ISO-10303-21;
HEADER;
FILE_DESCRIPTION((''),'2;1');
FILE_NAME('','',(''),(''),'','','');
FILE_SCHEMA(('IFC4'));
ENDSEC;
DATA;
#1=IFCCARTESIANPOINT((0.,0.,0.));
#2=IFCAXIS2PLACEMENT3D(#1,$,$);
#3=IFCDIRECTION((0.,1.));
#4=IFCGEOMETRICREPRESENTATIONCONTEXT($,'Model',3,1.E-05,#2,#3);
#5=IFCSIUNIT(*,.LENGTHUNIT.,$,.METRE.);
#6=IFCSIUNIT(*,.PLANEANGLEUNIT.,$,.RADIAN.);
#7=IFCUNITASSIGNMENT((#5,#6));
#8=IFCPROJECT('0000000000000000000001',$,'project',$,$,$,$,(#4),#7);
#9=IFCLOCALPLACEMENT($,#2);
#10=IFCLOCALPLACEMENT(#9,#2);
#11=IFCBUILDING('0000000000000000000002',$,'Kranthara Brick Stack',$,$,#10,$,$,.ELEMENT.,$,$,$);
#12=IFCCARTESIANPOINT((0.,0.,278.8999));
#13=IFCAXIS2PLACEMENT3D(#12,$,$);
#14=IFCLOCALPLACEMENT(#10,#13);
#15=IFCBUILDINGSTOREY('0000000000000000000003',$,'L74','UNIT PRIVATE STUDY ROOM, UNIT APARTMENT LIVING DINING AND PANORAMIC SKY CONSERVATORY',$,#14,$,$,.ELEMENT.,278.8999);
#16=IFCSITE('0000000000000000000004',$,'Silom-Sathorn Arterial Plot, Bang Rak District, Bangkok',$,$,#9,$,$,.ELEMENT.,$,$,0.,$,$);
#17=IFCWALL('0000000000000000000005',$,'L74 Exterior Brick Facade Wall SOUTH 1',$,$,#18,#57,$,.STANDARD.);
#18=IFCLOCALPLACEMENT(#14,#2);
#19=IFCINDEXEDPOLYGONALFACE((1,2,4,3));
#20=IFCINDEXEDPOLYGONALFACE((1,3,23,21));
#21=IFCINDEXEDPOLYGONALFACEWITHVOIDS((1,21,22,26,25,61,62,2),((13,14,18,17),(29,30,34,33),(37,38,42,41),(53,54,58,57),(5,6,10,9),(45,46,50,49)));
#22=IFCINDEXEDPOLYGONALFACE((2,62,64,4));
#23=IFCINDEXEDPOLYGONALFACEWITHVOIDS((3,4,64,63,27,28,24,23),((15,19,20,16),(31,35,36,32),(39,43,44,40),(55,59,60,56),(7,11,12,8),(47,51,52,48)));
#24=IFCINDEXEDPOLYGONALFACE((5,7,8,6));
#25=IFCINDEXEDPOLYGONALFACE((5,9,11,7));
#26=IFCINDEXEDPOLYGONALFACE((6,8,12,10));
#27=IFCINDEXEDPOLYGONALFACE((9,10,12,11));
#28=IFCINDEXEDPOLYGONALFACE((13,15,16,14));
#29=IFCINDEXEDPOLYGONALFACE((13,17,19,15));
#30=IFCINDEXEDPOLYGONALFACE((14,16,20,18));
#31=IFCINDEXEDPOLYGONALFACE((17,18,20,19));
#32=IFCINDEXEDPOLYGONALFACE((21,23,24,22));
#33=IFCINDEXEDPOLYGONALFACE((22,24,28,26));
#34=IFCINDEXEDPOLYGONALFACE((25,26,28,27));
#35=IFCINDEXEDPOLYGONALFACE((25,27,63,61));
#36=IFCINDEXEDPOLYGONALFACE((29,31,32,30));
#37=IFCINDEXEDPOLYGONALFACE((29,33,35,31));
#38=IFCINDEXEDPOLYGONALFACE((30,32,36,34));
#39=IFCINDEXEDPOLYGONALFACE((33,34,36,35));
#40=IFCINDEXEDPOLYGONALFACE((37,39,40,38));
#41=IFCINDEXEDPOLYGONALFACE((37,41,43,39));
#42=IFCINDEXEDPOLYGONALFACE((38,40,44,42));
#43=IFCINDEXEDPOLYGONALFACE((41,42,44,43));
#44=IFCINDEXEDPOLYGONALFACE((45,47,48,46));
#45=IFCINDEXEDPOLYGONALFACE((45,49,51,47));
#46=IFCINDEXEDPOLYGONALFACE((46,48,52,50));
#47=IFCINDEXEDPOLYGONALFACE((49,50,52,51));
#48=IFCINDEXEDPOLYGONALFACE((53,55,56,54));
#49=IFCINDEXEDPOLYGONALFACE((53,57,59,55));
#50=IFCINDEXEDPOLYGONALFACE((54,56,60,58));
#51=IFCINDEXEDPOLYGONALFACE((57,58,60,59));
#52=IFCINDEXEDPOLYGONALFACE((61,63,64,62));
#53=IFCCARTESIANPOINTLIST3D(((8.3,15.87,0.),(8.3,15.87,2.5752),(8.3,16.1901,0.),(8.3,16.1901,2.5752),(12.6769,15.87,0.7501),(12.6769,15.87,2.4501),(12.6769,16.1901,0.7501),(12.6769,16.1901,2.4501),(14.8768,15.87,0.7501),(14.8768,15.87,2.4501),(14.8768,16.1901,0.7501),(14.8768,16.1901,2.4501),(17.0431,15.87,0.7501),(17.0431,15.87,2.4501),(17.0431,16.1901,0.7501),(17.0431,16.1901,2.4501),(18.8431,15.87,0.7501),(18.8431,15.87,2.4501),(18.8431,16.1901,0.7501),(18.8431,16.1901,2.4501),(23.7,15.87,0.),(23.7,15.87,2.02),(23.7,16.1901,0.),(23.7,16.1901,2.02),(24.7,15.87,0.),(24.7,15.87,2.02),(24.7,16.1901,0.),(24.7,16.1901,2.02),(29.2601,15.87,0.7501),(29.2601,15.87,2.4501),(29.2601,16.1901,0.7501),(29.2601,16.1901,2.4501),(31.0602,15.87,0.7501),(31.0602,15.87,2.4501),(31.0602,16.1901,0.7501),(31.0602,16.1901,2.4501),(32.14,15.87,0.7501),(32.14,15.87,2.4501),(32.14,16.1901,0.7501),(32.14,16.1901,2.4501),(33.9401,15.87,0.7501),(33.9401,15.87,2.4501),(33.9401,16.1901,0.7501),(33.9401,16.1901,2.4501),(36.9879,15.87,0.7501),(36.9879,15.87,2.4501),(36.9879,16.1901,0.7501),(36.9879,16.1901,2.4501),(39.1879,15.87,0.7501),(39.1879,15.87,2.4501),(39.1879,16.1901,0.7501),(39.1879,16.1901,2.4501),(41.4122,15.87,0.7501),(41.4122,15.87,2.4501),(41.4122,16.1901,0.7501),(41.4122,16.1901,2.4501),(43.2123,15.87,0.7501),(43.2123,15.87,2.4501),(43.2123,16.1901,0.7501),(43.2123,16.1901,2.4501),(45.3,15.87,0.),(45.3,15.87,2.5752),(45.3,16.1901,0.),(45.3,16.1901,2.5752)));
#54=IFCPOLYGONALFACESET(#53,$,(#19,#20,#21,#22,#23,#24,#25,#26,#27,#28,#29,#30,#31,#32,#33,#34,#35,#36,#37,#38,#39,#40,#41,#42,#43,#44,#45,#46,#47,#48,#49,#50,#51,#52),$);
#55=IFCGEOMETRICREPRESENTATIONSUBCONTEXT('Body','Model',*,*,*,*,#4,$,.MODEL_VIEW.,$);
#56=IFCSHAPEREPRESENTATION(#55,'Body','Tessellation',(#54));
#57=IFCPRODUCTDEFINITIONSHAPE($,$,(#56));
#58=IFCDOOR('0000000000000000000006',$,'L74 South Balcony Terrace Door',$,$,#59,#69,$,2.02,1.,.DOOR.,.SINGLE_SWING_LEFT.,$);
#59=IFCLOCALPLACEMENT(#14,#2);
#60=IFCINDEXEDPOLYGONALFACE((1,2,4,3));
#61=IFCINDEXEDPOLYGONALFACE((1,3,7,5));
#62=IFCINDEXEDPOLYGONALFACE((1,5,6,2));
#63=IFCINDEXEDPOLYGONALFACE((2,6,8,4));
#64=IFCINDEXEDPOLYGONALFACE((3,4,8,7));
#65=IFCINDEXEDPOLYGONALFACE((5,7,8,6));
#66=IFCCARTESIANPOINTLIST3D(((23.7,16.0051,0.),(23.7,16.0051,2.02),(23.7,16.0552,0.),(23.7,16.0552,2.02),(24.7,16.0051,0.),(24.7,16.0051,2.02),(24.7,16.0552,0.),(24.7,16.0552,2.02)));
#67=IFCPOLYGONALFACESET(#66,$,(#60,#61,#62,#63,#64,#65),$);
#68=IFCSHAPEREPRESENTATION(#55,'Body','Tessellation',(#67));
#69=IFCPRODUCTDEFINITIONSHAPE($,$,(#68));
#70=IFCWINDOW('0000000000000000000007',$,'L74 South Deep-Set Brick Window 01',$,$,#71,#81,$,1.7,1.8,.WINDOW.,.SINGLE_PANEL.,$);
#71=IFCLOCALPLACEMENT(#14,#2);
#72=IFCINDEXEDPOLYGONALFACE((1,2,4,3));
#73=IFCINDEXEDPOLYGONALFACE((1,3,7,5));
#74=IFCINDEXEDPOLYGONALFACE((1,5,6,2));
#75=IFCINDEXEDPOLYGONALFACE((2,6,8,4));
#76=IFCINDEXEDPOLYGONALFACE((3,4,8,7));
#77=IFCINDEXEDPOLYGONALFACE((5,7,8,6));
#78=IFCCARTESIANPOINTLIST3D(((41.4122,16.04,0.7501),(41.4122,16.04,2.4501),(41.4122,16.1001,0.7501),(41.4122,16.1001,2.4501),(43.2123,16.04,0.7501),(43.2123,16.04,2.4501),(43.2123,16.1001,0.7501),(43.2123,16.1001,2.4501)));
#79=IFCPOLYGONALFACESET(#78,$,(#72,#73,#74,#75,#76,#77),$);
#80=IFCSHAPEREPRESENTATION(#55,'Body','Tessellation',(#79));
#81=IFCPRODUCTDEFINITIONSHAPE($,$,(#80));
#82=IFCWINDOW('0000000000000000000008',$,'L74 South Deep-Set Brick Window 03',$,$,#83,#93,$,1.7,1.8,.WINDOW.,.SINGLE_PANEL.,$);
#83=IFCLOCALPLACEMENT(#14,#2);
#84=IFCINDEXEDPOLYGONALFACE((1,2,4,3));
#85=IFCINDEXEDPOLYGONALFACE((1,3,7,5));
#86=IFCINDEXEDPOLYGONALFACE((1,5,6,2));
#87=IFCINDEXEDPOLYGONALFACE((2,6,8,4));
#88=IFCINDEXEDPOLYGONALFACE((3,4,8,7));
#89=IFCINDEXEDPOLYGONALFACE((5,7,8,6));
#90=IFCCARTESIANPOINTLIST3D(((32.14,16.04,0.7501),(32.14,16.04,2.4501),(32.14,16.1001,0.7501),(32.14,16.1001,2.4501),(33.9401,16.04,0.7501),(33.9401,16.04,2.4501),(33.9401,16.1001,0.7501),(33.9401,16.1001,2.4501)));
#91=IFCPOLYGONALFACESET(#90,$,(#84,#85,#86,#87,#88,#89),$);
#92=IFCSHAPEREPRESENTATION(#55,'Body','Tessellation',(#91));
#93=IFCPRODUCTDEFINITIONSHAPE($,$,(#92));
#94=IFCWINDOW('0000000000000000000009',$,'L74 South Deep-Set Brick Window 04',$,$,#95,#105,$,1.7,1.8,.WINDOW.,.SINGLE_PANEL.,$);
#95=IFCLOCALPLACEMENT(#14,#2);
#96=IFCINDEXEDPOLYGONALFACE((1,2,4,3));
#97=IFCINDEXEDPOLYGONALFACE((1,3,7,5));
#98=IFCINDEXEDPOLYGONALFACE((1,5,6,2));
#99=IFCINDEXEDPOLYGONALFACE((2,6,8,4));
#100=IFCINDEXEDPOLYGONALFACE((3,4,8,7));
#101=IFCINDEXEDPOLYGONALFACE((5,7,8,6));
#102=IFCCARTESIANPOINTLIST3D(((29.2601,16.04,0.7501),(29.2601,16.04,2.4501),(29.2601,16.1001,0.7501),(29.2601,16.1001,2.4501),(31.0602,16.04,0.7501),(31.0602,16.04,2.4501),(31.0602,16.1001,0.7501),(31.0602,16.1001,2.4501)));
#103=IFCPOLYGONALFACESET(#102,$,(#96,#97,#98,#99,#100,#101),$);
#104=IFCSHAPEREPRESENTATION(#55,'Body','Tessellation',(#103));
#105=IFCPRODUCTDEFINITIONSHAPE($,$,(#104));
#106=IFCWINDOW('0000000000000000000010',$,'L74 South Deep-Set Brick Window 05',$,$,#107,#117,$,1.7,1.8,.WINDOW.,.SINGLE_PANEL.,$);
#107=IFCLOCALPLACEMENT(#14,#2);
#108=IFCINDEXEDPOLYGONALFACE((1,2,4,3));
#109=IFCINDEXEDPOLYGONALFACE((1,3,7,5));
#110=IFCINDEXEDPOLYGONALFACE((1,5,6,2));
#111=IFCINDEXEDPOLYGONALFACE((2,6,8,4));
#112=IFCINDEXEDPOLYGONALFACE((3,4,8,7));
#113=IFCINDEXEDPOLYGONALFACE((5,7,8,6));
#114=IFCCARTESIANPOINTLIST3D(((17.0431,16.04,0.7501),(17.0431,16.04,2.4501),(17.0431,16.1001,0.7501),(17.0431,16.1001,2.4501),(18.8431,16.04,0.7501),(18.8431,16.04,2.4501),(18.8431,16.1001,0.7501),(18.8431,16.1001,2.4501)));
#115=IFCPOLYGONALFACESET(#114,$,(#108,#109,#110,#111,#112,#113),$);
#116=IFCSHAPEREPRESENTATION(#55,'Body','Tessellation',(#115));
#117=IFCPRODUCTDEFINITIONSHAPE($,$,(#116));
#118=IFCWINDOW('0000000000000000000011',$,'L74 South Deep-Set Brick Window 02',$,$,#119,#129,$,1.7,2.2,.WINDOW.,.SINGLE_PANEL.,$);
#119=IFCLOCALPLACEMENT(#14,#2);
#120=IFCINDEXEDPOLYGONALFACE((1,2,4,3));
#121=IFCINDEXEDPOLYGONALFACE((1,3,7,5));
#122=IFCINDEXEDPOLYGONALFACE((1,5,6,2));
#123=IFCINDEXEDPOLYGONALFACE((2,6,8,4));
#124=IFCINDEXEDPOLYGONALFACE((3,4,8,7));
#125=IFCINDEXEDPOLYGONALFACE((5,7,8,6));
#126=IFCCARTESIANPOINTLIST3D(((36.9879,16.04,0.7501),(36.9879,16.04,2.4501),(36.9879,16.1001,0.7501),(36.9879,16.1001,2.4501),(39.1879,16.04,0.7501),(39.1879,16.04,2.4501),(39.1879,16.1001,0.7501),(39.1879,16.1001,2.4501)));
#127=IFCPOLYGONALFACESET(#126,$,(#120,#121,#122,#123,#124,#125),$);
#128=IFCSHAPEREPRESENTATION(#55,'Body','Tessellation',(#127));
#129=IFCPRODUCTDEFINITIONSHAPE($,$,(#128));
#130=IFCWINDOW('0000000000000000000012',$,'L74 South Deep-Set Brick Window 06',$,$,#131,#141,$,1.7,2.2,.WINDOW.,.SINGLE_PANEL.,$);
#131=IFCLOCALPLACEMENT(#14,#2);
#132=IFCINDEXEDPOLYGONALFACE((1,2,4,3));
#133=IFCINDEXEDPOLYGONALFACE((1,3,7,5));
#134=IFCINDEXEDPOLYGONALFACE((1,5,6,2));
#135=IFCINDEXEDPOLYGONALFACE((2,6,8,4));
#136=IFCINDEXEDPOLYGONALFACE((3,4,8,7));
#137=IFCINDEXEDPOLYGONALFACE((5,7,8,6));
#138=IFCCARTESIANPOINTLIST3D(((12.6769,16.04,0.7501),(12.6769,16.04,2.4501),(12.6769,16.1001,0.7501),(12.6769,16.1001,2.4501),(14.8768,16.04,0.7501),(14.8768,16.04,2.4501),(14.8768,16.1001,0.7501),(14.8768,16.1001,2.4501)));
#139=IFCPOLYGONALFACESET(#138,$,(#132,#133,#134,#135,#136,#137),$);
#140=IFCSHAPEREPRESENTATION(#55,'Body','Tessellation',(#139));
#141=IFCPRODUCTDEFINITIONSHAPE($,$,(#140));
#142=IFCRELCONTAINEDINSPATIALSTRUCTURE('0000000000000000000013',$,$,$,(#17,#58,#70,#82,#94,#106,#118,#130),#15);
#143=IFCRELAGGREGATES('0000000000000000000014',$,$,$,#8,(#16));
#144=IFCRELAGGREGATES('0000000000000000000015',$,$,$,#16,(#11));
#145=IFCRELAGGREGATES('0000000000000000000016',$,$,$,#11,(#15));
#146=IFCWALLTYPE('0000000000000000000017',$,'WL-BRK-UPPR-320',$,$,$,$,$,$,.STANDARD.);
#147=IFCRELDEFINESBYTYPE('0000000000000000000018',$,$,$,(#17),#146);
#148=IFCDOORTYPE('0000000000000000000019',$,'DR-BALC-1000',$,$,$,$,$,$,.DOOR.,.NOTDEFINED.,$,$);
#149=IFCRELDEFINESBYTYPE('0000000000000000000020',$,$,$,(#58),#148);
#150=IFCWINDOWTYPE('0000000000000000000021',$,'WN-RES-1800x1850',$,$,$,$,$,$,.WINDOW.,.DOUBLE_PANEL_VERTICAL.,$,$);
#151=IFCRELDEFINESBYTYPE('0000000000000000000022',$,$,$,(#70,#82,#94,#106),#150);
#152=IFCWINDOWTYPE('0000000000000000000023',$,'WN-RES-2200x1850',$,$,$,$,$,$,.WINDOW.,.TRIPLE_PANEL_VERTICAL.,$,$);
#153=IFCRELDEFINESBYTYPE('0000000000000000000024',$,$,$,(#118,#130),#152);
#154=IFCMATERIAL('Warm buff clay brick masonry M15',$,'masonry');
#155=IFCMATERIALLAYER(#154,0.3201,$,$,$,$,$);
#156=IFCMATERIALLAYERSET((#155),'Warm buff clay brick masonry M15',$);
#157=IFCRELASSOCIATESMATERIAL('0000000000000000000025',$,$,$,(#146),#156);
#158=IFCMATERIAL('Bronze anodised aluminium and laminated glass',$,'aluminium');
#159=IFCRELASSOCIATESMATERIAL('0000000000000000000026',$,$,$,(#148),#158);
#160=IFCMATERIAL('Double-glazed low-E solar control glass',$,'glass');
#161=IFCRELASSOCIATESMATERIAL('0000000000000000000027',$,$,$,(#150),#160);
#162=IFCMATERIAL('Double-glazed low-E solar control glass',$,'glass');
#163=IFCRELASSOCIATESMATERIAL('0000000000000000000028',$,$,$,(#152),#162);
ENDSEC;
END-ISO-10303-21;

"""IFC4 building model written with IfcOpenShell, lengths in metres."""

from ifc_helpers import new_model, si_unit, direction, frame, frame_2d, origin, place, context, subcontext, project, spatial, rectangle, extrude, material, layer, layer_set, type_object, element, fill, save


model = new_model("IFC4")

# Units and contexts
model_context = context("Model", 3, precision=1e-05, world=origin(), true_north=direction((0.0, 1.0)))
body_context = subcontext(model_context, "Body", "Model", "MODEL_VIEW")
ifc_project = project(units=[si_unit("LENGTHUNIT", "METRE"), si_unit("PLANEANGLEUNIT", "RADIAN")], contexts=[model_context])

# Site, building, storey
site_placement = place(None, origin())
site = spatial("IfcSite", under=ifc_project, at=site_placement, Name="Silom-Sathorn Arterial Plot, Bang Rak District, Bangkok", CompositionType="ELEMENT", RefElevation=0.0)
building_placement = place(site_placement, origin())
building = spatial("IfcBuilding", under=site, at=building_placement, Name="Kranthara Brick Stack", CompositionType="ELEMENT")
storey_placement = place(building_placement, frame((0.0, 0.0, 278.8999)))
storey = spatial("IfcBuildingStorey", under=building, at=storey_placement, Name="L74", Description="UNIT PRIVATE STUDY ROOM, UNIT APARTMENT LIVING DINING AND PANORAMIC SKY CONSERVATORY", CompositionType="ELEMENT", Elevation=278.8999)

# Wall, openings, door, windows
ifc_material_1 = material(Name="Warm buff clay brick masonry M15", Category="masonry")
ifc_layer_1 = layer(ifc_material_1, 0.3201)
ifc_layer_set_1 = layer_set([ifc_layer_1], Name="Warm buff clay brick masonry M15")
wall_type_1 = type_object("IfcWallType", Name="WL-BRK-UPPR-320", PredefinedType="STANDARD", material=ifc_layer_set_1)
wall_1_placement = place(storey_placement, frame((45.3, 16.03, 0.0), z_axis=(0.0, 0.0, 1.0), x_axis=(-1.0, 0.0, 0.0)))
wall_1 = element("IfcWall", 1, at=wall_1_placement, inside=storey, type_object=wall_type_1, Name="L74 Exterior Brick Facade Wall SOUTH 1", PredefinedType="STANDARD", context=body_context, shape_type="SweptSolid", body=[
    extrude(rectangle(XDim=37.0, YDim=0.3201, at=frame_2d((18.5, 0.0))), origin(), (0.0, 0.0, 1.0), 2.5752),
])
opening_1_placement = place(wall_1_placement, frame((20.6001, 0.0, 0.0)))
opening_1 = element("IfcOpeningElement", 2, at=opening_1_placement, cuts=wall_1, PredefinedType="OPENING", context=body_context, shape_type="SweptSolid", body=[
    extrude(rectangle(XDim=1.0, YDim=2.02, at=frame_2d((0.5, 1.01))), frame((0.0, 0.1699, 0.0), z_axis=(0.0, -1.0, 0.0), x_axis=(1.0, 0.0, 0.0)), (0.0, 0.0, 1.0), 0.3401),
])
opening_2_placement = place(wall_1_placement, frame((2.0879, 0.0, 0.75)))
opening_2 = element("IfcOpeningElement", 3, at=opening_2_placement, cuts=wall_1, PredefinedType="OPENING", context=body_context, shape_type="SweptSolid", body=[
    extrude(rectangle(XDim=1.8, YDim=1.7, at=frame_2d((0.8999, 0.8501))), frame((0.0, 0.1699, 0.0), z_axis=(0.0, -1.0, 0.0), x_axis=(1.0, 0.0, 0.0)), (0.0, 0.0, 1.0), 0.3401),
])
opening_3_placement = place(wall_1_placement, frame((6.1121, 0.0, 0.75)))
opening_3 = element("IfcOpeningElement", 4, at=opening_3_placement, cuts=wall_1, PredefinedType="OPENING", context=body_context, shape_type="SweptSolid", body=[
    extrude(rectangle(XDim=2.2, YDim=1.7, at=frame_2d((1.1001, 0.8501))), frame((0.0, 0.1699, 0.0), z_axis=(0.0, -1.0, 0.0), x_axis=(1.0, 0.0, 0.0)), (0.0, 0.0, 1.0), 0.3401),
])
opening_4_placement = place(wall_1_placement, frame((11.3601, 0.0, 0.75)))
opening_4 = element("IfcOpeningElement", 5, at=opening_4_placement, cuts=wall_1, PredefinedType="OPENING", context=body_context, shape_type="SweptSolid", body=[
    extrude(rectangle(XDim=1.8, YDim=1.7, at=frame_2d((0.8999, 0.8501))), frame((0.0, 0.1699, 0.0), z_axis=(0.0, -1.0, 0.0), x_axis=(1.0, 0.0, 0.0)), (0.0, 0.0, 1.0), 0.3401),
])
opening_5_placement = place(wall_1_placement, frame((14.24, 0.0, 0.75)))
opening_5 = element("IfcOpeningElement", 6, at=opening_5_placement, cuts=wall_1, PredefinedType="OPENING", context=body_context, shape_type="SweptSolid", body=[
    extrude(rectangle(XDim=1.8, YDim=1.7, at=frame_2d((0.8999, 0.8501))), frame((0.0, 0.1699, 0.0), z_axis=(0.0, -1.0, 0.0), x_axis=(1.0, 0.0, 0.0)), (0.0, 0.0, 1.0), 0.3401),
])
opening_6_placement = place(wall_1_placement, frame((26.457, 0.0, 0.75)))
opening_6 = element("IfcOpeningElement", 7, at=opening_6_placement, cuts=wall_1, PredefinedType="OPENING", context=body_context, shape_type="SweptSolid", body=[
    extrude(rectangle(XDim=1.8, YDim=1.7, at=frame_2d((0.8999, 0.8501))), frame((0.0, 0.1699, 0.0), z_axis=(0.0, -1.0, 0.0), x_axis=(1.0, 0.0, 0.0)), (0.0, 0.0, 1.0), 0.3401),
])
opening_7_placement = place(wall_1_placement, frame((30.4231, 0.0, 0.75)))
opening_7 = element("IfcOpeningElement", 8, at=opening_7_placement, cuts=wall_1, PredefinedType="OPENING", context=body_context, shape_type="SweptSolid", body=[
    extrude(rectangle(XDim=2.2, YDim=1.7, at=frame_2d((1.1001, 0.8501))), frame((0.0, 0.1699, 0.0), z_axis=(0.0, -1.0, 0.0), x_axis=(1.0, 0.0, 0.0)), (0.0, 0.0, 1.0), 0.3401),
])
ifc_material_2 = material(Name="Bronze anodised aluminium and laminated glass", Category="aluminium")
door_type = type_object("IfcDoorType", Name="DR-BALC-1000", OperationType="NOTDEFINED", PredefinedType="DOOR", material=ifc_material_2)
door_placement = place(opening_1_placement, origin())
door = element("IfcDoor", 9, at=door_placement, inside=storey, type_object=door_type, Name="L74 South Balcony Terrace Door", OperationType="SINGLE_SWING_LEFT", OverallHeight=2.02, OverallWidth=1.0, PredefinedType="DOOR", context=body_context, shape_type="SweptSolid", body=[
    extrude(rectangle(XDim=1.0, YDim=2.02, at=frame_2d((0.5, 1.01))), frame((0.0, 0.0249, 0.0), z_axis=(0.0, -1.0, 0.0), x_axis=(1.0, 0.0, 0.0)), (0.0, 0.0, 1.0), 0.05),
])
fill(opening_1, door)
ifc_material_3 = material(Name="Double-glazed low-E solar control glass", Category="glass")
window_type_1 = type_object("IfcWindowType", Name="WN-RES-1800x1850", PartitioningType="DOUBLE_PANEL_VERTICAL", PredefinedType="WINDOW", material=ifc_material_3)
window_1_placement = place(opening_2_placement, origin())
window_1 = element("IfcWindow", 10, at=window_1_placement, inside=storey, type_object=window_type_1, Name="L74 South Deep-Set Brick Window 01", OverallHeight=1.7, OverallWidth=1.8, PartitioningType="SINGLE_PANEL", PredefinedType="WINDOW", context=body_context, shape_type="SweptSolid", body=[
    extrude(rectangle(XDim=1.8, YDim=1.7, at=frame_2d((0.8999, 0.8501))), frame((0.0, -0.01, 0.0), z_axis=(0.0, -1.0, 0.0), x_axis=(1.0, 0.0, 0.0)), (0.0, 0.0, 1.0), 0.0601),
])
fill(opening_2, window_1)
window_2_placement = place(opening_4_placement, origin())
window_2 = element("IfcWindow", 11, at=window_2_placement, inside=storey, type_object=window_type_1, Name="L74 South Deep-Set Brick Window 03", OverallHeight=1.7, OverallWidth=1.8, PartitioningType="SINGLE_PANEL", PredefinedType="WINDOW", context=body_context, shape_type="SweptSolid", body=[
    extrude(rectangle(XDim=1.8, YDim=1.7, at=frame_2d((0.8999, 0.8501))), frame((0.0, -0.01, 0.0), z_axis=(0.0, -1.0, 0.0), x_axis=(1.0, 0.0, 0.0)), (0.0, 0.0, 1.0), 0.0601),
])
fill(opening_4, window_2)
window_3_placement = place(opening_5_placement, origin())
window_3 = element("IfcWindow", 12, at=window_3_placement, inside=storey, type_object=window_type_1, Name="L74 South Deep-Set Brick Window 04", OverallHeight=1.7, OverallWidth=1.8, PartitioningType="SINGLE_PANEL", PredefinedType="WINDOW", context=body_context, shape_type="SweptSolid", body=[
    extrude(rectangle(XDim=1.8, YDim=1.7, at=frame_2d((0.8999, 0.8501))), frame((0.0, -0.01, 0.0), z_axis=(0.0, -1.0, 0.0), x_axis=(1.0, 0.0, 0.0)), (0.0, 0.0, 1.0), 0.0601),
])
fill(opening_5, window_3)
window_4_placement = place(opening_6_placement, origin())
window_4 = element("IfcWindow", 13, at=window_4_placement, inside=storey, type_object=window_type_1, Name="L74 South Deep-Set Brick Window 05", OverallHeight=1.7, OverallWidth=1.8, PartitioningType="SINGLE_PANEL", PredefinedType="WINDOW", context=body_context, shape_type="SweptSolid", body=[
    extrude(rectangle(XDim=1.8, YDim=1.7, at=frame_2d((0.8999, 0.8501))), frame((0.0, -0.01, 0.0), z_axis=(0.0, -1.0, 0.0), x_axis=(1.0, 0.0, 0.0)), (0.0, 0.0, 1.0), 0.0601),
])
fill(opening_6, window_4)
ifc_material_4 = material(Name="Double-glazed low-E solar control glass", Category="glass")
window_type_2 = type_object("IfcWindowType", Name="WN-RES-2200x1850", PartitioningType="TRIPLE_PANEL_VERTICAL", PredefinedType="WINDOW", material=ifc_material_4)
window_5_placement = place(opening_3_placement, origin())
window_5 = element("IfcWindow", 14, at=window_5_placement, inside=storey, type_object=window_type_2, Name="L74 South Deep-Set Brick Window 02", OverallHeight=1.7, OverallWidth=2.2, PartitioningType="SINGLE_PANEL", PredefinedType="WINDOW", context=body_context, shape_type="SweptSolid", body=[
    extrude(rectangle(XDim=2.2, YDim=1.7, at=frame_2d((1.1001, 0.8501))), frame((0.0, -0.01, 0.0), z_axis=(0.0, -1.0, 0.0), x_axis=(1.0, 0.0, 0.0)), (0.0, 0.0, 1.0), 0.0601),
])
fill(opening_3, window_5)
window_6_placement = place(opening_7_placement, origin())
window_6 = element("IfcWindow", 15, at=window_6_placement, inside=storey, type_object=window_type_2, Name="L74 South Deep-Set Brick Window 06", OverallHeight=1.7, OverallWidth=2.2, PartitioningType="SINGLE_PANEL", PredefinedType="WINDOW", context=body_context, shape_type="SweptSolid", body=[
    extrude(rectangle(XDim=2.2, YDim=1.7, at=frame_2d((1.1001, 0.8501))), frame((0.0, -0.01, 0.0), z_axis=(0.0, -1.0, 0.0), x_axis=(1.0, 0.0, 0.0)), (0.0, 0.0, 1.0), 0.0601),
])
fill(opening_7, window_6)

save(model, "model.ifc")
